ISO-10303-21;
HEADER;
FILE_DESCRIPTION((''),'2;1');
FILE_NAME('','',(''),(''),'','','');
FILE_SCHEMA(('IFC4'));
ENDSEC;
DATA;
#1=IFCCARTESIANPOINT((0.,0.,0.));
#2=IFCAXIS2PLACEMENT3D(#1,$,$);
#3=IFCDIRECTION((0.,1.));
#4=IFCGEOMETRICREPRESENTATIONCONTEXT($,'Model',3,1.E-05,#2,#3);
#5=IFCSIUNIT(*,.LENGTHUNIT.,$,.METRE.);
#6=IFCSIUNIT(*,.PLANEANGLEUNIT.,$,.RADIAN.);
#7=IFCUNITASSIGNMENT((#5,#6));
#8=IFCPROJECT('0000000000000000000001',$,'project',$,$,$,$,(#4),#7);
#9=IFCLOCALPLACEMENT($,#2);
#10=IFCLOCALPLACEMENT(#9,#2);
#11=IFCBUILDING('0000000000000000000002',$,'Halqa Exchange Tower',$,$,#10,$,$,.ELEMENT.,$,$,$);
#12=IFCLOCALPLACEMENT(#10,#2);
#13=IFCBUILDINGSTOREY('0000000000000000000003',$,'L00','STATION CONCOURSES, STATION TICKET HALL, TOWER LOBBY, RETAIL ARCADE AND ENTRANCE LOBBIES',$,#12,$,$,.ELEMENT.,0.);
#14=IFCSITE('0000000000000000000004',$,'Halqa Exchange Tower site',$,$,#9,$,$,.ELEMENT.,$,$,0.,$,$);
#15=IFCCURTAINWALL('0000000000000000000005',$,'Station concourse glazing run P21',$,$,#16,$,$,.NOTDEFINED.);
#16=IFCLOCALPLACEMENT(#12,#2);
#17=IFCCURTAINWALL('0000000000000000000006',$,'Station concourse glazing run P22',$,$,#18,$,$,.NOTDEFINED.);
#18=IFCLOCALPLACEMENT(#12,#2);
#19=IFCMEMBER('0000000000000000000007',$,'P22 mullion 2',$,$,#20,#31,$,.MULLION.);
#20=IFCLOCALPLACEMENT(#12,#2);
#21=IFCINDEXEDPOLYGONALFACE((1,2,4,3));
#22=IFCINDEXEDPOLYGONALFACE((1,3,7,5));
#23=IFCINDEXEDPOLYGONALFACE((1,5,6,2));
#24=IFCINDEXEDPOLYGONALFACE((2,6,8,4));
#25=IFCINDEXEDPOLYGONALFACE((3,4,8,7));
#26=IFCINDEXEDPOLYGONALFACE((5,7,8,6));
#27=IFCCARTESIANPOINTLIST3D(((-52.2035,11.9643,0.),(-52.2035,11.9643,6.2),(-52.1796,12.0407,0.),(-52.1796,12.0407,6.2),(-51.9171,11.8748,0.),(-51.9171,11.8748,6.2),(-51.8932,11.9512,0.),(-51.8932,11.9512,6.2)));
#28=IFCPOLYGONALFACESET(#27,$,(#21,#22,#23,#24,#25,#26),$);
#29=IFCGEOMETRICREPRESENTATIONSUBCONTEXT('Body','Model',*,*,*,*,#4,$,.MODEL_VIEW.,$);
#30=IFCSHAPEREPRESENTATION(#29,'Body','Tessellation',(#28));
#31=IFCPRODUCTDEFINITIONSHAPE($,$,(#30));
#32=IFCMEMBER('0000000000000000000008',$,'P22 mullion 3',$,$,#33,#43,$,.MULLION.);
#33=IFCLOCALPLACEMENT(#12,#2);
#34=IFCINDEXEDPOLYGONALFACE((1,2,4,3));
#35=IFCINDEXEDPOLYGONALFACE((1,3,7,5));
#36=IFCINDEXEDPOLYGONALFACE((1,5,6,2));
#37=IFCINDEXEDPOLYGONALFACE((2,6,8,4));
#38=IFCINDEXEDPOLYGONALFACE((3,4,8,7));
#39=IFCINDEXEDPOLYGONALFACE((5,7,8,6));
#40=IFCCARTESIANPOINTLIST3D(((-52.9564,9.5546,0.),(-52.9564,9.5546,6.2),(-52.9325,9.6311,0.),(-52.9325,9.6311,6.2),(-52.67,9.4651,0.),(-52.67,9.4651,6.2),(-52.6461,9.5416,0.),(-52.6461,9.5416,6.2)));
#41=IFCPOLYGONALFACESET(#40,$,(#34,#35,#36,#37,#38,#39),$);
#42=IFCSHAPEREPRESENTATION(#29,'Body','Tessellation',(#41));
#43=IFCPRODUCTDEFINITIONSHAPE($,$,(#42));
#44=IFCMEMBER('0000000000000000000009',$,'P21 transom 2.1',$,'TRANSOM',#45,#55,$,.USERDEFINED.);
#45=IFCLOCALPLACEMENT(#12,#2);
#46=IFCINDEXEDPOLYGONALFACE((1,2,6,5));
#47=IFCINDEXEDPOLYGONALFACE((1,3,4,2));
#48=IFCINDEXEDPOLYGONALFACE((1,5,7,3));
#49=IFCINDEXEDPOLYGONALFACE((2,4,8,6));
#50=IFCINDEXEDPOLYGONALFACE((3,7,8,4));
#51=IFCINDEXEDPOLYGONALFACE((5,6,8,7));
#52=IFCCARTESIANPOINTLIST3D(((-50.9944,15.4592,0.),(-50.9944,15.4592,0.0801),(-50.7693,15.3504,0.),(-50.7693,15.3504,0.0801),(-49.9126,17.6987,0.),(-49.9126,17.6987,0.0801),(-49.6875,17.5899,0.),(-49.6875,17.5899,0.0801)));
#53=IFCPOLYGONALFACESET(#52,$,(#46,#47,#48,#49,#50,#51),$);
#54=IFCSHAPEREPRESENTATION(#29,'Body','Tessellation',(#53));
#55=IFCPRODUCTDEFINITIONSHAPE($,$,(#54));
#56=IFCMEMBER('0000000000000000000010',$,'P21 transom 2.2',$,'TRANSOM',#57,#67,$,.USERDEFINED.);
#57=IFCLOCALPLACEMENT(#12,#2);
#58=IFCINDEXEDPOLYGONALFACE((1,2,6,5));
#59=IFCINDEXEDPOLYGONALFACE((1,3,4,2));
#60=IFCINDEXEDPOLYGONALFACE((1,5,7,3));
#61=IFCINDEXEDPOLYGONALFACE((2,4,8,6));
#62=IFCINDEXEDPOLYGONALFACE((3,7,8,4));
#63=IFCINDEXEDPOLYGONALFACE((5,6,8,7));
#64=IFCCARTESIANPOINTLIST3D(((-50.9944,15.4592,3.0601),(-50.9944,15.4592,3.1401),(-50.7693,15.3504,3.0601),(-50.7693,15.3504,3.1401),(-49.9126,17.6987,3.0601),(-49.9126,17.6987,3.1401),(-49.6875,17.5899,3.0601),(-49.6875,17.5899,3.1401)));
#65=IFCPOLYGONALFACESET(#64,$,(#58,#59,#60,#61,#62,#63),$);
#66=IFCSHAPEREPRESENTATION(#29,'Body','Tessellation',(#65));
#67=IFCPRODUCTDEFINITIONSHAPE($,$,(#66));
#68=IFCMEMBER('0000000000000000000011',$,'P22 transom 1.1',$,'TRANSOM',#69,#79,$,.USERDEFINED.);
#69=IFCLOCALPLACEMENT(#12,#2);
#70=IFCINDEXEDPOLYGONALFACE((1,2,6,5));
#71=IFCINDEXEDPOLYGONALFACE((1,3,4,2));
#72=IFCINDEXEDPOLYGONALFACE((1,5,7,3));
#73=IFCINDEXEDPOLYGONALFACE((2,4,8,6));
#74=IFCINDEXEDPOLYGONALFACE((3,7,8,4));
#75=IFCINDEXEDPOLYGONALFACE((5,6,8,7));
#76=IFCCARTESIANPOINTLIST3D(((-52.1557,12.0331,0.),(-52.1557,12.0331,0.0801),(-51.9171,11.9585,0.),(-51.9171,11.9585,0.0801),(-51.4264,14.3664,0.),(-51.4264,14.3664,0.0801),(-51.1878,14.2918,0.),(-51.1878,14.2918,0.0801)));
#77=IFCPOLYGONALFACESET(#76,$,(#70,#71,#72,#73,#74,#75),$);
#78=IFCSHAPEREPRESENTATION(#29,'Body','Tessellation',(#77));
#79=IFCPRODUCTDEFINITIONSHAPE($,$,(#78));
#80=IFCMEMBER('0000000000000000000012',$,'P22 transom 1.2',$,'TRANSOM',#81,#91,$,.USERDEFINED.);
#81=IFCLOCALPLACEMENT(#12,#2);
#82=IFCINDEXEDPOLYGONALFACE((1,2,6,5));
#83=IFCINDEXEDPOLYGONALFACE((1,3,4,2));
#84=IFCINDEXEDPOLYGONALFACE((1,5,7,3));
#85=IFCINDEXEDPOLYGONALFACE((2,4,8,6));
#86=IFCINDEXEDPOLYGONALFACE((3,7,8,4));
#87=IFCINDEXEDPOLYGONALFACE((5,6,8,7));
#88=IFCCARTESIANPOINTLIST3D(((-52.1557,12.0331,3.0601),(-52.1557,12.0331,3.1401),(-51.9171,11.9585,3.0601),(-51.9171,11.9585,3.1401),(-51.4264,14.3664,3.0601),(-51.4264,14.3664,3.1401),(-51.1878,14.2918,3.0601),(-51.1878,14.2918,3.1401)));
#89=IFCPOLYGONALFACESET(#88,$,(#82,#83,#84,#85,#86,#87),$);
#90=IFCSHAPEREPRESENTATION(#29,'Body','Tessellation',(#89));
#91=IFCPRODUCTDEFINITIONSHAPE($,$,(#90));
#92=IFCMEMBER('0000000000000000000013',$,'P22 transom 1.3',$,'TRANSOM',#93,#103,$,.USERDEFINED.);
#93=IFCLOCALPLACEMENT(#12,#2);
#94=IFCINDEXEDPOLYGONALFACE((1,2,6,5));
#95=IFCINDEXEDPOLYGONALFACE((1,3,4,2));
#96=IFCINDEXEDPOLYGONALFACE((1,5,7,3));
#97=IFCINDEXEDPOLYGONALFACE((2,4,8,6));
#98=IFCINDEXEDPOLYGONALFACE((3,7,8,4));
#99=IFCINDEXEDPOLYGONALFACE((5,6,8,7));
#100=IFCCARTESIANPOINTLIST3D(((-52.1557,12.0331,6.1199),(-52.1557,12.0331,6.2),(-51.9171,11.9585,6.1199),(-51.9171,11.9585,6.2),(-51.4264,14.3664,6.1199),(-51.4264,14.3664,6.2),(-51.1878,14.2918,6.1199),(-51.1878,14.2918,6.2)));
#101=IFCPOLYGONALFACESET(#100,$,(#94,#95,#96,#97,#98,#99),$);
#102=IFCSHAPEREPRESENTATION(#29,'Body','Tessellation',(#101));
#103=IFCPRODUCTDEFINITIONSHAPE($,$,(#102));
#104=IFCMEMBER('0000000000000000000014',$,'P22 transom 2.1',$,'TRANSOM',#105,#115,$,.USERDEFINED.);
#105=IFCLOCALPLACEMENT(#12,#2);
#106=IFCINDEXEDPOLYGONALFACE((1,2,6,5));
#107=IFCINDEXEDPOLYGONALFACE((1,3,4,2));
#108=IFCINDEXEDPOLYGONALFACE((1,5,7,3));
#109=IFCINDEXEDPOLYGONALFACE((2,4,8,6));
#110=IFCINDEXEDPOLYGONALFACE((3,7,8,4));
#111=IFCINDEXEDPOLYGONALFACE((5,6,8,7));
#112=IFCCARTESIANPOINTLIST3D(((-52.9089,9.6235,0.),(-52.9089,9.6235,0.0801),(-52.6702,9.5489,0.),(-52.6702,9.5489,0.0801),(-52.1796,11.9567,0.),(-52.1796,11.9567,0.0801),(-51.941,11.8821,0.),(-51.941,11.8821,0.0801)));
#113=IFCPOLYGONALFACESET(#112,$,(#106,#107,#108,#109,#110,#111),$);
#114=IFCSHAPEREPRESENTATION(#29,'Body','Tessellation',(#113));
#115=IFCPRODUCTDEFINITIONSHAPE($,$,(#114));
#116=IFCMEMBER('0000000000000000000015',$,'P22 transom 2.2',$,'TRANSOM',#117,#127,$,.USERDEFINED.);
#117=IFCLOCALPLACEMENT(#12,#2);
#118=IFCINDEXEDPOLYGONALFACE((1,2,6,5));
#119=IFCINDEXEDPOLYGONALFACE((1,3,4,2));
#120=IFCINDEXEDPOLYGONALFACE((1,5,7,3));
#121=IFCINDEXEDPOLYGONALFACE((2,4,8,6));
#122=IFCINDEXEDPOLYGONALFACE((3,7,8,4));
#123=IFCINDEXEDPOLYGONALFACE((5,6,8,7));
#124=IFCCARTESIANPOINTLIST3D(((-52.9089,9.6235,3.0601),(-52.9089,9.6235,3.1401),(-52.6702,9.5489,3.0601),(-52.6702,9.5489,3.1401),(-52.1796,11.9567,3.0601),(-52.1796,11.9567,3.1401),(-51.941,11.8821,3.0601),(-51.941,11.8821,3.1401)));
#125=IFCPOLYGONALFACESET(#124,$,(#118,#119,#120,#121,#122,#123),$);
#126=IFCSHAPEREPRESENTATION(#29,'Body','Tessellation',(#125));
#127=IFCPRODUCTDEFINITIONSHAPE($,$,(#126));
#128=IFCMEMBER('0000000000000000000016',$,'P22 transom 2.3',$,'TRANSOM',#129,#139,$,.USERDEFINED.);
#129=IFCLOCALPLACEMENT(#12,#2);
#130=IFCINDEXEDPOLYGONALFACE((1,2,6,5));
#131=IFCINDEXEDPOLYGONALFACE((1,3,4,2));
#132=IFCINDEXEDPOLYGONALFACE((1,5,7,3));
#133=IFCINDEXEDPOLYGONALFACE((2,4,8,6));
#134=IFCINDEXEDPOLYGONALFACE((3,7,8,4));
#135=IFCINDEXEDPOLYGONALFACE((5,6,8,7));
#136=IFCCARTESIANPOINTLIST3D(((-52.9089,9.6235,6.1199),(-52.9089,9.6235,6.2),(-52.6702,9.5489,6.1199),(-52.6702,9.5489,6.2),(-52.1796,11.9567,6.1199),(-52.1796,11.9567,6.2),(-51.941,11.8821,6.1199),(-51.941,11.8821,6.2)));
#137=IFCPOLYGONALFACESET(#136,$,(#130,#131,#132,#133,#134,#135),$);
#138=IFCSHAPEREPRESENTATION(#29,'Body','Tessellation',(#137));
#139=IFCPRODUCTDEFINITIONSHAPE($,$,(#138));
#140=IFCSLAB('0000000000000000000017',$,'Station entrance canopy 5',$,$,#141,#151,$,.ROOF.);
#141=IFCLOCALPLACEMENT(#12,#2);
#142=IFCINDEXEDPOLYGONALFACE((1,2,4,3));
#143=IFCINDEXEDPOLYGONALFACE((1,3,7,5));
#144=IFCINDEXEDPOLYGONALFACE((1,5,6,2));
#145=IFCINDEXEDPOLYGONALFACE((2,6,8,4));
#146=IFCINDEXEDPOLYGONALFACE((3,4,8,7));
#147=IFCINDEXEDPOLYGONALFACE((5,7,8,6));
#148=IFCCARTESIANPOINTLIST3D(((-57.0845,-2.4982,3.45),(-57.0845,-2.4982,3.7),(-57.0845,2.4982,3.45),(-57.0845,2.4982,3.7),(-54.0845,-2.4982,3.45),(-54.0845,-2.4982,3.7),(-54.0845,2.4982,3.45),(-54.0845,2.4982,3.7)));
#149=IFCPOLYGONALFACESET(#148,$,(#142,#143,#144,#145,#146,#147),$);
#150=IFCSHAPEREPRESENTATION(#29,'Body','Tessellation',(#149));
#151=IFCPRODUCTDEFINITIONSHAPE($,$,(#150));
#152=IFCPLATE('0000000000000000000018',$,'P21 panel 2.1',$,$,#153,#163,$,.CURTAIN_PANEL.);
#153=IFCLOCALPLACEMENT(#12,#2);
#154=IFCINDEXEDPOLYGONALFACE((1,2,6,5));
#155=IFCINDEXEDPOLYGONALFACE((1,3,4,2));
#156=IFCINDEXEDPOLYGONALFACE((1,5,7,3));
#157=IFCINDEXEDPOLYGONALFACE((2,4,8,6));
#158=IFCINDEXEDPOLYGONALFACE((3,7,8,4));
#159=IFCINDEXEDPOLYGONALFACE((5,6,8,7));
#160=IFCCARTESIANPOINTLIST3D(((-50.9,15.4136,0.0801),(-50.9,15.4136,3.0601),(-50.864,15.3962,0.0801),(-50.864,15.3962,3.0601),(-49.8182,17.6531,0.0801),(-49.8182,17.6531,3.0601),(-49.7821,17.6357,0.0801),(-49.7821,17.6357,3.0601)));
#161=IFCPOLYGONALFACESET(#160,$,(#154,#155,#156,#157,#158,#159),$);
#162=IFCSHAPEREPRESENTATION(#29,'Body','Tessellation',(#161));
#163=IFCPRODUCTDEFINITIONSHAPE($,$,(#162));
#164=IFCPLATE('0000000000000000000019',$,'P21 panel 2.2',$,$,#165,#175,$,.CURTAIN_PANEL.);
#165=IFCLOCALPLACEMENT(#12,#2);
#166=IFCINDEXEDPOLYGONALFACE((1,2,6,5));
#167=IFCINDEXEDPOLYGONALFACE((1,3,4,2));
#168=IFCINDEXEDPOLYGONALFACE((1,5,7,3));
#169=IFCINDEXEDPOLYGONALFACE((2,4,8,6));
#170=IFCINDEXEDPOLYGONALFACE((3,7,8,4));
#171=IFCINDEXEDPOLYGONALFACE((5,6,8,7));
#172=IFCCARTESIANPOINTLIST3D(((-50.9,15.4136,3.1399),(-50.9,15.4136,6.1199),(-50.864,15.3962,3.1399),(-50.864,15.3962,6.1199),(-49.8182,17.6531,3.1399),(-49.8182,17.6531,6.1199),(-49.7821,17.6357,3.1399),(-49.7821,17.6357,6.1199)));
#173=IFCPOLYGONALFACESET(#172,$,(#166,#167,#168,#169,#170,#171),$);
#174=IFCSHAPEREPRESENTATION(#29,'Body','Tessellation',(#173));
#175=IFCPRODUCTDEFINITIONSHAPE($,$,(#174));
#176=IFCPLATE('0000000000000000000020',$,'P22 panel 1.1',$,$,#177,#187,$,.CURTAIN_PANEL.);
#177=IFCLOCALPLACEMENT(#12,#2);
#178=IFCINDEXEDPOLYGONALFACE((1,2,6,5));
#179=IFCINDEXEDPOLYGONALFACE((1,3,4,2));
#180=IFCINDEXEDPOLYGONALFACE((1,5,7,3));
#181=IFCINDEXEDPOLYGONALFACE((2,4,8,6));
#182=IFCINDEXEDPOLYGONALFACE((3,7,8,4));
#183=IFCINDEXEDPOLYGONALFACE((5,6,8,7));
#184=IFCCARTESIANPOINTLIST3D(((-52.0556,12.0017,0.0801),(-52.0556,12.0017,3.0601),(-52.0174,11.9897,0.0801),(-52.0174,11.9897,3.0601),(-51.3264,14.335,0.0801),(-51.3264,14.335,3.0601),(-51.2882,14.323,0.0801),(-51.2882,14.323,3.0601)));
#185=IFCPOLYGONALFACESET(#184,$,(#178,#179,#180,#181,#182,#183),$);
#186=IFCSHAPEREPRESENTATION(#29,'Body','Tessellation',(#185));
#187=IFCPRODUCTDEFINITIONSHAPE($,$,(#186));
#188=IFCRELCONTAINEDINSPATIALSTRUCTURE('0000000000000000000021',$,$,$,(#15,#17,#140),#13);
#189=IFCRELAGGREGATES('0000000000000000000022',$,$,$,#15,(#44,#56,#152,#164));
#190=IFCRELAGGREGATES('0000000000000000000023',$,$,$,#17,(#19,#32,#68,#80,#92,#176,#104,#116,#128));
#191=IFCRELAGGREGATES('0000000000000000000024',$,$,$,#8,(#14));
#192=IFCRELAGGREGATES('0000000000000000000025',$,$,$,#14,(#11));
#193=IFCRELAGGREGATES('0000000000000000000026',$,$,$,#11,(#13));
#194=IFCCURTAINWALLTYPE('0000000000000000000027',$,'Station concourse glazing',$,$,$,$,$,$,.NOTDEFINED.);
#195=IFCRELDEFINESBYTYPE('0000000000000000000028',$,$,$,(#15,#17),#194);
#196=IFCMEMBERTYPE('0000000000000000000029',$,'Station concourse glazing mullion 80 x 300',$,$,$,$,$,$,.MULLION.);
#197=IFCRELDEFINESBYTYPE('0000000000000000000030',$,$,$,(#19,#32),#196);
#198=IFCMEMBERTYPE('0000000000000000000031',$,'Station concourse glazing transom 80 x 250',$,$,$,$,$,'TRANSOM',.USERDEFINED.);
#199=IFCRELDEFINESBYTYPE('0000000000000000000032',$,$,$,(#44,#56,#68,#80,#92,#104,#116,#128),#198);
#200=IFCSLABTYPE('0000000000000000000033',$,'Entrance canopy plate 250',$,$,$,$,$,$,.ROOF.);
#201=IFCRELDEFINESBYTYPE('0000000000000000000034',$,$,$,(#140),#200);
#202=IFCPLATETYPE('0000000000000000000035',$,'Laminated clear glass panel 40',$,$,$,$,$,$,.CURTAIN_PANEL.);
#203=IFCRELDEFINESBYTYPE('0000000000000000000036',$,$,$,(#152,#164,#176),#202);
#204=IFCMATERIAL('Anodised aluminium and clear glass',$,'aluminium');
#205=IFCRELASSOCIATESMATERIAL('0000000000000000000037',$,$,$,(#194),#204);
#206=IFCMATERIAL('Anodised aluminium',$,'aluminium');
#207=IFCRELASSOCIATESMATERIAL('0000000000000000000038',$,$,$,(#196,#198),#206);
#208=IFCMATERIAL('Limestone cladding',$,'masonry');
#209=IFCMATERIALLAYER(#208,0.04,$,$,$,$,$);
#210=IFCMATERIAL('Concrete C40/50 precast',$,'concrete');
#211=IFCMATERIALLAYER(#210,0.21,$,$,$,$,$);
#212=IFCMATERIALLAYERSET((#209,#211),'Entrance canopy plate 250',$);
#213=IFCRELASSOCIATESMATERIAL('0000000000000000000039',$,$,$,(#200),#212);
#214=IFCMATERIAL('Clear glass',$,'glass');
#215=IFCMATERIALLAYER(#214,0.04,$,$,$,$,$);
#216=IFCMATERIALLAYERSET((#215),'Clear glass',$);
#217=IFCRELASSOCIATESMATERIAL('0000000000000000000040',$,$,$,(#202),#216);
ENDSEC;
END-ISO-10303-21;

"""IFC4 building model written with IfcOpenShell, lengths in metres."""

from ifc_helpers import new_model, si_unit, direction, frame, origin, origin_2d, place, context, subcontext, project, spatial, rectangle, extrude, material, layer, layer_set, material_profile, profile_set, type_object, element, aggregate, save


model = new_model("IFC4")

# Units and contexts
model_context = context("Model", 3, precision=1e-05, world=origin(), true_north=direction((0.0, 1.0)))
body_context = subcontext(model_context, "Body", "Model", "MODEL_VIEW")
ifc_project = project(units=[si_unit("LENGTHUNIT", "METRE"), si_unit("PLANEANGLEUNIT", "RADIAN")], contexts=[model_context])

# Site, building, storey
site_placement = place(None, origin())
site = spatial("IfcSite", under=ifc_project, at=site_placement, Name="Halqa Exchange Tower site", CompositionType="ELEMENT", RefElevation=0.0)
building_placement = place(site_placement, origin())
building = spatial("IfcBuilding", under=site, at=building_placement, Name="Halqa Exchange Tower", CompositionType="ELEMENT")
storey_placement = place(building_placement, origin())
storey = spatial("IfcBuildingStorey", under=building, at=storey_placement, Name="L00", Description="STATION CONCOURSES, STATION TICKET HALL, TOWER LOBBY, RETAIL ARCADE AND ENTRANCE LOBBIES", CompositionType="ELEMENT", Elevation=0.0)

# Curtain wall
ifc_material_1 = material(Name="Anodised aluminium and clear glass", Category="aluminium")
curtain_wall_type = type_object("IfcCurtainWallType", Name="Station concourse glazing", PredefinedType="NOTDEFINED", material=ifc_material_1)
curtain_wall_1_placement = place(storey_placement, origin())
curtain_wall_1 = element("IfcCurtainWall", 1, at=curtain_wall_1_placement, inside=storey, type_object=curtain_wall_type, Name="Station concourse glazing run P21", PredefinedType="NOTDEFINED")
ifc_material_2 = material(Name="Anodised aluminium", Category="aluminium")
ifc_material_profile_1 = material_profile(ifc_material_2, rectangle(XDim=0.3, YDim=0.0801, at=origin_2d()), Name="AL 80x300")
ifc_profile_set_1 = profile_set([ifc_material_profile_1], Name="Anodised aluminium")
member_type_1 = type_object("IfcMemberType", Name="Station concourse glazing mullion 80 x 300", PredefinedType="MULLION", material=ifc_profile_set_1)

# Curtain wall, members
curtain_wall_2_placement = place(storey_placement, origin())
curtain_wall_2 = element("IfcCurtainWall", 2, at=curtain_wall_2_placement, inside=storey, type_object=curtain_wall_type, Name="Station concourse glazing run P22", PredefinedType="NOTDEFINED")
member_1_placement = place(storey_placement, frame((-52.0483, 11.9578, 0.0), z_axis=(0.0, 0.0, 1.0), x_axis=(0.954471, -0.298303, 0.0)))
member_1 = element("IfcMember", 3, at=member_1_placement, type_object=member_type_1, Name="P22 mullion 2", PredefinedType="MULLION", context=body_context, shape_type="SweptSolid", body=[
    extrude(rectangle(XDim=0.3, YDim=0.0801, at=origin_2d()), origin(), (0.0, 0.0, 1.0), 6.2),
])
member_2_placement = place(storey_placement, frame((-52.8013, 9.5481, 0.0), z_axis=(0.0, 0.0, 1.0), x_axis=(0.954471, -0.298303, 0.0)))
member_2 = element("IfcMember", 4, at=member_2_placement, type_object=member_type_1, Name="P22 mullion 3", PredefinedType="MULLION", context=body_context, shape_type="SweptSolid", body=[
    extrude(rectangle(XDim=0.3, YDim=0.0801, at=origin_2d()), origin(), (0.0, 0.0, 1.0), 6.2),
])

# Members
ifc_material_profile_2 = material_profile(ifc_material_2, rectangle(XDim=0.25, YDim=0.0801, at=origin_2d()), Name="AL 80x250")
ifc_profile_set_2 = profile_set([ifc_material_profile_2], Name="Anodised aluminium")
member_type_2 = type_object("IfcMemberType", Name="Station concourse glazing transom 80 x 250", ElementType="TRANSOM", PredefinedType="USERDEFINED", material=ifc_profile_set_2)
member_3_placement = place(storey_placement, frame((-49.8, 17.6443, 0.04), z_axis=(-0.43496, -0.90045, 0.0), x_axis=(0.90045, -0.43496, 0.0)))
member_3 = element("IfcMember", 5, at=member_3_placement, type_object=member_type_2, Name="P21 transom 2.1", ObjectType="TRANSOM", PredefinedType="USERDEFINED", context=body_context, shape_type="SweptSolid", body=[
    extrude(rectangle(XDim=0.25, YDim=0.0801, at=origin_2d()), origin(), (0.0, 0.0, 1.0), 2.4871),
])
member_4_placement = place(storey_placement, frame((-49.8, 17.6443, 3.1001), z_axis=(-0.43496, -0.90045, 0.0), x_axis=(0.90045, -0.43496, 0.0)))
member_4 = element("IfcMember", 6, at=member_4_placement, type_object=member_type_2, Name="P21 transom 2.2", ObjectType="TRANSOM", PredefinedType="USERDEFINED", context=body_context, shape_type="SweptSolid", body=[
    extrude(rectangle(XDim=0.25, YDim=0.0801, at=origin_2d()), origin(), (0.0, 0.0, 1.0), 2.4871),
])
member_5_placement = place(storey_placement, frame((-51.3071, 14.3291, 0.04), z_axis=(-0.298315, -0.954468, 0.0), x_axis=(0.954468, -0.298315, 0.0)))
member_5 = element("IfcMember", 7, at=member_5_placement, type_object=member_type_2, Name="P22 transom 1.1", ObjectType="TRANSOM", PredefinedType="USERDEFINED", context=body_context, shape_type="SweptSolid", body=[
    extrude(rectangle(XDim=0.25, YDim=0.0801, at=origin_2d()), origin(), (0.0, 0.0, 1.0), 2.4446),
])
member_6_placement = place(storey_placement, frame((-51.3071, 14.3291, 3.1001), z_axis=(-0.298315, -0.954468, 0.0), x_axis=(0.954468, -0.298315, 0.0)))
member_6 = element("IfcMember", 8, at=member_6_placement, type_object=member_type_2, Name="P22 transom 1.2", ObjectType="TRANSOM", PredefinedType="USERDEFINED", context=body_context, shape_type="SweptSolid", body=[
    extrude(rectangle(XDim=0.25, YDim=0.0801, at=origin_2d()), origin(), (0.0, 0.0, 1.0), 2.4446),
])
member_7_placement = place(storey_placement, frame((-51.3071, 14.3291, 6.1599), z_axis=(-0.298315, -0.954468, 0.0), x_axis=(0.954468, -0.298315, 0.0)))
member_7 = element("IfcMember", 9, at=member_7_placement, type_object=member_type_2, Name="P22 transom 1.3", ObjectType="TRANSOM", PredefinedType="USERDEFINED", context=body_context, shape_type="SweptSolid", body=[
    extrude(rectangle(XDim=0.25, YDim=0.0801, at=origin_2d()), origin(), (0.0, 0.0, 1.0), 2.4446),
])
member_8_placement = place(storey_placement, frame((-52.0603, 11.9194, 0.04), z_axis=(-0.298315, -0.954468, 0.0), x_axis=(0.954468, -0.298315, 0.0)))
member_8 = element("IfcMember", 10, at=member_8_placement, type_object=member_type_2, Name="P22 transom 2.1", ObjectType="TRANSOM", PredefinedType="USERDEFINED", context=body_context, shape_type="SweptSolid", body=[
    extrude(rectangle(XDim=0.25, YDim=0.0801, at=origin_2d()), origin(), (0.0, 0.0, 1.0), 2.4446),
])
member_9_placement = place(storey_placement, frame((-52.0603, 11.9194, 3.1001), z_axis=(-0.298315, -0.954468, 0.0), x_axis=(0.954468, -0.298315, 0.0)))
member_9 = element("IfcMember", 11, at=member_9_placement, type_object=member_type_2, Name="P22 transom 2.2", ObjectType="TRANSOM", PredefinedType="USERDEFINED", context=body_context, shape_type="SweptSolid", body=[
    extrude(rectangle(XDim=0.25, YDim=0.0801, at=origin_2d()), origin(), (0.0, 0.0, 1.0), 2.4446),
])
member_10_placement = place(storey_placement, frame((-52.0603, 11.9194, 6.1599), z_axis=(-0.298315, -0.954468, 0.0), x_axis=(0.954468, -0.298315, 0.0)))
member_10 = element("IfcMember", 12, at=member_10_placement, type_object=member_type_2, Name="P22 transom 2.3", ObjectType="TRANSOM", PredefinedType="USERDEFINED", context=body_context, shape_type="SweptSolid", body=[
    extrude(rectangle(XDim=0.25, YDim=0.0801, at=origin_2d()), origin(), (0.0, 0.0, 1.0), 2.4446),
])

# Slab
ifc_material_3 = material(Name="Limestone cladding", Category="masonry")
ifc_layer_1 = layer(ifc_material_3, 0.04)
ifc_material_4 = material(Name="Concrete C40/50 precast", Category="concrete")
ifc_layer_2 = layer(ifc_material_4, 0.21)
ifc_layer_set_1 = layer_set([ifc_layer_1, ifc_layer_2], Name="Entrance canopy plate 250")
slab_type = type_object("IfcSlabType", Name="Entrance canopy plate 250", PredefinedType="ROOF", material=ifc_layer_set_1)
slab_placement = place(storey_placement, frame((-55.5845, 0.0, 3.45), z_axis=(0.0, 0.0, 1.0), x_axis=(0.0, -1.0, 0.0)))
element("IfcSlab", 13, at=slab_placement, inside=storey, type_object=slab_type, Name="Station entrance canopy 5", PredefinedType="ROOF", context=body_context, shape_type="SweptSolid", body=[
    extrude(rectangle(XDim=4.9963, YDim=3.0, at=origin_2d()), origin(), (0.0, 0.0, 1.0), 0.25),
])

# Plates
ifc_material_5 = material(Name="Clear glass", Category="glass")
ifc_layer_3 = layer(ifc_material_5, 0.04)
ifc_layer_set_2 = layer_set([ifc_layer_3], Name="Clear glass")
plate_type = type_object("IfcPlateType", Name="Laminated clear glass panel 40", PredefinedType="CURTAIN_PANEL", material=ifc_layer_set_2)
plate_1_placement = place(storey_placement, frame((-50.3411, 16.5247, 0.0801), z_axis=(0.0, 0.0, 1.0), x_axis=(-0.43499, -0.900435, 0.0)))
plate_1 = element("IfcPlate", 14, at=plate_1_placement, type_object=plate_type, Name="P21 panel 2.1", PredefinedType="CURTAIN_PANEL", context=body_context, shape_type="SweptSolid", body=[
    extrude(rectangle(XDim=2.4871, YDim=0.04, at=origin_2d()), origin(), (0.0, 0.0, 1.0), 2.98),
])
plate_2_placement = place(storey_placement, frame((-50.3411, 16.5247, 3.1399), z_axis=(0.0, 0.0, 1.0), x_axis=(-0.43499, -0.900435, 0.0)))
plate_2 = element("IfcPlate", 15, at=plate_2_placement, type_object=plate_type, Name="P21 panel 2.2", PredefinedType="CURTAIN_PANEL", context=body_context, shape_type="SweptSolid", body=[
    extrude(rectangle(XDim=2.4871, YDim=0.04, at=origin_2d()), origin(), (0.0, 0.0, 1.0), 2.98),
])
aggregate(curtain_wall_1, [member_3, member_4, plate_1, plate_2])
plate_3_placement = place(storey_placement, frame((-51.6719, 13.1624, 0.0801), z_axis=(0.0, 0.0, 1.0), x_axis=(-0.298303, -0.954471, 0.0)))
plate_3 = element("IfcPlate", 16, at=plate_3_placement, type_object=plate_type, Name="P22 panel 1.1", PredefinedType="CURTAIN_PANEL", context=body_context, shape_type="SweptSolid", body=[
    extrude(rectangle(XDim=2.4446, YDim=0.04, at=origin_2d()), origin(), (0.0, 0.0, 1.0), 2.98),
])
aggregate(curtain_wall_2, [member_1, member_2, member_5, member_6, member_7, plate_3, member_8, member_9, member_10])

save(model, "model.ifc")
